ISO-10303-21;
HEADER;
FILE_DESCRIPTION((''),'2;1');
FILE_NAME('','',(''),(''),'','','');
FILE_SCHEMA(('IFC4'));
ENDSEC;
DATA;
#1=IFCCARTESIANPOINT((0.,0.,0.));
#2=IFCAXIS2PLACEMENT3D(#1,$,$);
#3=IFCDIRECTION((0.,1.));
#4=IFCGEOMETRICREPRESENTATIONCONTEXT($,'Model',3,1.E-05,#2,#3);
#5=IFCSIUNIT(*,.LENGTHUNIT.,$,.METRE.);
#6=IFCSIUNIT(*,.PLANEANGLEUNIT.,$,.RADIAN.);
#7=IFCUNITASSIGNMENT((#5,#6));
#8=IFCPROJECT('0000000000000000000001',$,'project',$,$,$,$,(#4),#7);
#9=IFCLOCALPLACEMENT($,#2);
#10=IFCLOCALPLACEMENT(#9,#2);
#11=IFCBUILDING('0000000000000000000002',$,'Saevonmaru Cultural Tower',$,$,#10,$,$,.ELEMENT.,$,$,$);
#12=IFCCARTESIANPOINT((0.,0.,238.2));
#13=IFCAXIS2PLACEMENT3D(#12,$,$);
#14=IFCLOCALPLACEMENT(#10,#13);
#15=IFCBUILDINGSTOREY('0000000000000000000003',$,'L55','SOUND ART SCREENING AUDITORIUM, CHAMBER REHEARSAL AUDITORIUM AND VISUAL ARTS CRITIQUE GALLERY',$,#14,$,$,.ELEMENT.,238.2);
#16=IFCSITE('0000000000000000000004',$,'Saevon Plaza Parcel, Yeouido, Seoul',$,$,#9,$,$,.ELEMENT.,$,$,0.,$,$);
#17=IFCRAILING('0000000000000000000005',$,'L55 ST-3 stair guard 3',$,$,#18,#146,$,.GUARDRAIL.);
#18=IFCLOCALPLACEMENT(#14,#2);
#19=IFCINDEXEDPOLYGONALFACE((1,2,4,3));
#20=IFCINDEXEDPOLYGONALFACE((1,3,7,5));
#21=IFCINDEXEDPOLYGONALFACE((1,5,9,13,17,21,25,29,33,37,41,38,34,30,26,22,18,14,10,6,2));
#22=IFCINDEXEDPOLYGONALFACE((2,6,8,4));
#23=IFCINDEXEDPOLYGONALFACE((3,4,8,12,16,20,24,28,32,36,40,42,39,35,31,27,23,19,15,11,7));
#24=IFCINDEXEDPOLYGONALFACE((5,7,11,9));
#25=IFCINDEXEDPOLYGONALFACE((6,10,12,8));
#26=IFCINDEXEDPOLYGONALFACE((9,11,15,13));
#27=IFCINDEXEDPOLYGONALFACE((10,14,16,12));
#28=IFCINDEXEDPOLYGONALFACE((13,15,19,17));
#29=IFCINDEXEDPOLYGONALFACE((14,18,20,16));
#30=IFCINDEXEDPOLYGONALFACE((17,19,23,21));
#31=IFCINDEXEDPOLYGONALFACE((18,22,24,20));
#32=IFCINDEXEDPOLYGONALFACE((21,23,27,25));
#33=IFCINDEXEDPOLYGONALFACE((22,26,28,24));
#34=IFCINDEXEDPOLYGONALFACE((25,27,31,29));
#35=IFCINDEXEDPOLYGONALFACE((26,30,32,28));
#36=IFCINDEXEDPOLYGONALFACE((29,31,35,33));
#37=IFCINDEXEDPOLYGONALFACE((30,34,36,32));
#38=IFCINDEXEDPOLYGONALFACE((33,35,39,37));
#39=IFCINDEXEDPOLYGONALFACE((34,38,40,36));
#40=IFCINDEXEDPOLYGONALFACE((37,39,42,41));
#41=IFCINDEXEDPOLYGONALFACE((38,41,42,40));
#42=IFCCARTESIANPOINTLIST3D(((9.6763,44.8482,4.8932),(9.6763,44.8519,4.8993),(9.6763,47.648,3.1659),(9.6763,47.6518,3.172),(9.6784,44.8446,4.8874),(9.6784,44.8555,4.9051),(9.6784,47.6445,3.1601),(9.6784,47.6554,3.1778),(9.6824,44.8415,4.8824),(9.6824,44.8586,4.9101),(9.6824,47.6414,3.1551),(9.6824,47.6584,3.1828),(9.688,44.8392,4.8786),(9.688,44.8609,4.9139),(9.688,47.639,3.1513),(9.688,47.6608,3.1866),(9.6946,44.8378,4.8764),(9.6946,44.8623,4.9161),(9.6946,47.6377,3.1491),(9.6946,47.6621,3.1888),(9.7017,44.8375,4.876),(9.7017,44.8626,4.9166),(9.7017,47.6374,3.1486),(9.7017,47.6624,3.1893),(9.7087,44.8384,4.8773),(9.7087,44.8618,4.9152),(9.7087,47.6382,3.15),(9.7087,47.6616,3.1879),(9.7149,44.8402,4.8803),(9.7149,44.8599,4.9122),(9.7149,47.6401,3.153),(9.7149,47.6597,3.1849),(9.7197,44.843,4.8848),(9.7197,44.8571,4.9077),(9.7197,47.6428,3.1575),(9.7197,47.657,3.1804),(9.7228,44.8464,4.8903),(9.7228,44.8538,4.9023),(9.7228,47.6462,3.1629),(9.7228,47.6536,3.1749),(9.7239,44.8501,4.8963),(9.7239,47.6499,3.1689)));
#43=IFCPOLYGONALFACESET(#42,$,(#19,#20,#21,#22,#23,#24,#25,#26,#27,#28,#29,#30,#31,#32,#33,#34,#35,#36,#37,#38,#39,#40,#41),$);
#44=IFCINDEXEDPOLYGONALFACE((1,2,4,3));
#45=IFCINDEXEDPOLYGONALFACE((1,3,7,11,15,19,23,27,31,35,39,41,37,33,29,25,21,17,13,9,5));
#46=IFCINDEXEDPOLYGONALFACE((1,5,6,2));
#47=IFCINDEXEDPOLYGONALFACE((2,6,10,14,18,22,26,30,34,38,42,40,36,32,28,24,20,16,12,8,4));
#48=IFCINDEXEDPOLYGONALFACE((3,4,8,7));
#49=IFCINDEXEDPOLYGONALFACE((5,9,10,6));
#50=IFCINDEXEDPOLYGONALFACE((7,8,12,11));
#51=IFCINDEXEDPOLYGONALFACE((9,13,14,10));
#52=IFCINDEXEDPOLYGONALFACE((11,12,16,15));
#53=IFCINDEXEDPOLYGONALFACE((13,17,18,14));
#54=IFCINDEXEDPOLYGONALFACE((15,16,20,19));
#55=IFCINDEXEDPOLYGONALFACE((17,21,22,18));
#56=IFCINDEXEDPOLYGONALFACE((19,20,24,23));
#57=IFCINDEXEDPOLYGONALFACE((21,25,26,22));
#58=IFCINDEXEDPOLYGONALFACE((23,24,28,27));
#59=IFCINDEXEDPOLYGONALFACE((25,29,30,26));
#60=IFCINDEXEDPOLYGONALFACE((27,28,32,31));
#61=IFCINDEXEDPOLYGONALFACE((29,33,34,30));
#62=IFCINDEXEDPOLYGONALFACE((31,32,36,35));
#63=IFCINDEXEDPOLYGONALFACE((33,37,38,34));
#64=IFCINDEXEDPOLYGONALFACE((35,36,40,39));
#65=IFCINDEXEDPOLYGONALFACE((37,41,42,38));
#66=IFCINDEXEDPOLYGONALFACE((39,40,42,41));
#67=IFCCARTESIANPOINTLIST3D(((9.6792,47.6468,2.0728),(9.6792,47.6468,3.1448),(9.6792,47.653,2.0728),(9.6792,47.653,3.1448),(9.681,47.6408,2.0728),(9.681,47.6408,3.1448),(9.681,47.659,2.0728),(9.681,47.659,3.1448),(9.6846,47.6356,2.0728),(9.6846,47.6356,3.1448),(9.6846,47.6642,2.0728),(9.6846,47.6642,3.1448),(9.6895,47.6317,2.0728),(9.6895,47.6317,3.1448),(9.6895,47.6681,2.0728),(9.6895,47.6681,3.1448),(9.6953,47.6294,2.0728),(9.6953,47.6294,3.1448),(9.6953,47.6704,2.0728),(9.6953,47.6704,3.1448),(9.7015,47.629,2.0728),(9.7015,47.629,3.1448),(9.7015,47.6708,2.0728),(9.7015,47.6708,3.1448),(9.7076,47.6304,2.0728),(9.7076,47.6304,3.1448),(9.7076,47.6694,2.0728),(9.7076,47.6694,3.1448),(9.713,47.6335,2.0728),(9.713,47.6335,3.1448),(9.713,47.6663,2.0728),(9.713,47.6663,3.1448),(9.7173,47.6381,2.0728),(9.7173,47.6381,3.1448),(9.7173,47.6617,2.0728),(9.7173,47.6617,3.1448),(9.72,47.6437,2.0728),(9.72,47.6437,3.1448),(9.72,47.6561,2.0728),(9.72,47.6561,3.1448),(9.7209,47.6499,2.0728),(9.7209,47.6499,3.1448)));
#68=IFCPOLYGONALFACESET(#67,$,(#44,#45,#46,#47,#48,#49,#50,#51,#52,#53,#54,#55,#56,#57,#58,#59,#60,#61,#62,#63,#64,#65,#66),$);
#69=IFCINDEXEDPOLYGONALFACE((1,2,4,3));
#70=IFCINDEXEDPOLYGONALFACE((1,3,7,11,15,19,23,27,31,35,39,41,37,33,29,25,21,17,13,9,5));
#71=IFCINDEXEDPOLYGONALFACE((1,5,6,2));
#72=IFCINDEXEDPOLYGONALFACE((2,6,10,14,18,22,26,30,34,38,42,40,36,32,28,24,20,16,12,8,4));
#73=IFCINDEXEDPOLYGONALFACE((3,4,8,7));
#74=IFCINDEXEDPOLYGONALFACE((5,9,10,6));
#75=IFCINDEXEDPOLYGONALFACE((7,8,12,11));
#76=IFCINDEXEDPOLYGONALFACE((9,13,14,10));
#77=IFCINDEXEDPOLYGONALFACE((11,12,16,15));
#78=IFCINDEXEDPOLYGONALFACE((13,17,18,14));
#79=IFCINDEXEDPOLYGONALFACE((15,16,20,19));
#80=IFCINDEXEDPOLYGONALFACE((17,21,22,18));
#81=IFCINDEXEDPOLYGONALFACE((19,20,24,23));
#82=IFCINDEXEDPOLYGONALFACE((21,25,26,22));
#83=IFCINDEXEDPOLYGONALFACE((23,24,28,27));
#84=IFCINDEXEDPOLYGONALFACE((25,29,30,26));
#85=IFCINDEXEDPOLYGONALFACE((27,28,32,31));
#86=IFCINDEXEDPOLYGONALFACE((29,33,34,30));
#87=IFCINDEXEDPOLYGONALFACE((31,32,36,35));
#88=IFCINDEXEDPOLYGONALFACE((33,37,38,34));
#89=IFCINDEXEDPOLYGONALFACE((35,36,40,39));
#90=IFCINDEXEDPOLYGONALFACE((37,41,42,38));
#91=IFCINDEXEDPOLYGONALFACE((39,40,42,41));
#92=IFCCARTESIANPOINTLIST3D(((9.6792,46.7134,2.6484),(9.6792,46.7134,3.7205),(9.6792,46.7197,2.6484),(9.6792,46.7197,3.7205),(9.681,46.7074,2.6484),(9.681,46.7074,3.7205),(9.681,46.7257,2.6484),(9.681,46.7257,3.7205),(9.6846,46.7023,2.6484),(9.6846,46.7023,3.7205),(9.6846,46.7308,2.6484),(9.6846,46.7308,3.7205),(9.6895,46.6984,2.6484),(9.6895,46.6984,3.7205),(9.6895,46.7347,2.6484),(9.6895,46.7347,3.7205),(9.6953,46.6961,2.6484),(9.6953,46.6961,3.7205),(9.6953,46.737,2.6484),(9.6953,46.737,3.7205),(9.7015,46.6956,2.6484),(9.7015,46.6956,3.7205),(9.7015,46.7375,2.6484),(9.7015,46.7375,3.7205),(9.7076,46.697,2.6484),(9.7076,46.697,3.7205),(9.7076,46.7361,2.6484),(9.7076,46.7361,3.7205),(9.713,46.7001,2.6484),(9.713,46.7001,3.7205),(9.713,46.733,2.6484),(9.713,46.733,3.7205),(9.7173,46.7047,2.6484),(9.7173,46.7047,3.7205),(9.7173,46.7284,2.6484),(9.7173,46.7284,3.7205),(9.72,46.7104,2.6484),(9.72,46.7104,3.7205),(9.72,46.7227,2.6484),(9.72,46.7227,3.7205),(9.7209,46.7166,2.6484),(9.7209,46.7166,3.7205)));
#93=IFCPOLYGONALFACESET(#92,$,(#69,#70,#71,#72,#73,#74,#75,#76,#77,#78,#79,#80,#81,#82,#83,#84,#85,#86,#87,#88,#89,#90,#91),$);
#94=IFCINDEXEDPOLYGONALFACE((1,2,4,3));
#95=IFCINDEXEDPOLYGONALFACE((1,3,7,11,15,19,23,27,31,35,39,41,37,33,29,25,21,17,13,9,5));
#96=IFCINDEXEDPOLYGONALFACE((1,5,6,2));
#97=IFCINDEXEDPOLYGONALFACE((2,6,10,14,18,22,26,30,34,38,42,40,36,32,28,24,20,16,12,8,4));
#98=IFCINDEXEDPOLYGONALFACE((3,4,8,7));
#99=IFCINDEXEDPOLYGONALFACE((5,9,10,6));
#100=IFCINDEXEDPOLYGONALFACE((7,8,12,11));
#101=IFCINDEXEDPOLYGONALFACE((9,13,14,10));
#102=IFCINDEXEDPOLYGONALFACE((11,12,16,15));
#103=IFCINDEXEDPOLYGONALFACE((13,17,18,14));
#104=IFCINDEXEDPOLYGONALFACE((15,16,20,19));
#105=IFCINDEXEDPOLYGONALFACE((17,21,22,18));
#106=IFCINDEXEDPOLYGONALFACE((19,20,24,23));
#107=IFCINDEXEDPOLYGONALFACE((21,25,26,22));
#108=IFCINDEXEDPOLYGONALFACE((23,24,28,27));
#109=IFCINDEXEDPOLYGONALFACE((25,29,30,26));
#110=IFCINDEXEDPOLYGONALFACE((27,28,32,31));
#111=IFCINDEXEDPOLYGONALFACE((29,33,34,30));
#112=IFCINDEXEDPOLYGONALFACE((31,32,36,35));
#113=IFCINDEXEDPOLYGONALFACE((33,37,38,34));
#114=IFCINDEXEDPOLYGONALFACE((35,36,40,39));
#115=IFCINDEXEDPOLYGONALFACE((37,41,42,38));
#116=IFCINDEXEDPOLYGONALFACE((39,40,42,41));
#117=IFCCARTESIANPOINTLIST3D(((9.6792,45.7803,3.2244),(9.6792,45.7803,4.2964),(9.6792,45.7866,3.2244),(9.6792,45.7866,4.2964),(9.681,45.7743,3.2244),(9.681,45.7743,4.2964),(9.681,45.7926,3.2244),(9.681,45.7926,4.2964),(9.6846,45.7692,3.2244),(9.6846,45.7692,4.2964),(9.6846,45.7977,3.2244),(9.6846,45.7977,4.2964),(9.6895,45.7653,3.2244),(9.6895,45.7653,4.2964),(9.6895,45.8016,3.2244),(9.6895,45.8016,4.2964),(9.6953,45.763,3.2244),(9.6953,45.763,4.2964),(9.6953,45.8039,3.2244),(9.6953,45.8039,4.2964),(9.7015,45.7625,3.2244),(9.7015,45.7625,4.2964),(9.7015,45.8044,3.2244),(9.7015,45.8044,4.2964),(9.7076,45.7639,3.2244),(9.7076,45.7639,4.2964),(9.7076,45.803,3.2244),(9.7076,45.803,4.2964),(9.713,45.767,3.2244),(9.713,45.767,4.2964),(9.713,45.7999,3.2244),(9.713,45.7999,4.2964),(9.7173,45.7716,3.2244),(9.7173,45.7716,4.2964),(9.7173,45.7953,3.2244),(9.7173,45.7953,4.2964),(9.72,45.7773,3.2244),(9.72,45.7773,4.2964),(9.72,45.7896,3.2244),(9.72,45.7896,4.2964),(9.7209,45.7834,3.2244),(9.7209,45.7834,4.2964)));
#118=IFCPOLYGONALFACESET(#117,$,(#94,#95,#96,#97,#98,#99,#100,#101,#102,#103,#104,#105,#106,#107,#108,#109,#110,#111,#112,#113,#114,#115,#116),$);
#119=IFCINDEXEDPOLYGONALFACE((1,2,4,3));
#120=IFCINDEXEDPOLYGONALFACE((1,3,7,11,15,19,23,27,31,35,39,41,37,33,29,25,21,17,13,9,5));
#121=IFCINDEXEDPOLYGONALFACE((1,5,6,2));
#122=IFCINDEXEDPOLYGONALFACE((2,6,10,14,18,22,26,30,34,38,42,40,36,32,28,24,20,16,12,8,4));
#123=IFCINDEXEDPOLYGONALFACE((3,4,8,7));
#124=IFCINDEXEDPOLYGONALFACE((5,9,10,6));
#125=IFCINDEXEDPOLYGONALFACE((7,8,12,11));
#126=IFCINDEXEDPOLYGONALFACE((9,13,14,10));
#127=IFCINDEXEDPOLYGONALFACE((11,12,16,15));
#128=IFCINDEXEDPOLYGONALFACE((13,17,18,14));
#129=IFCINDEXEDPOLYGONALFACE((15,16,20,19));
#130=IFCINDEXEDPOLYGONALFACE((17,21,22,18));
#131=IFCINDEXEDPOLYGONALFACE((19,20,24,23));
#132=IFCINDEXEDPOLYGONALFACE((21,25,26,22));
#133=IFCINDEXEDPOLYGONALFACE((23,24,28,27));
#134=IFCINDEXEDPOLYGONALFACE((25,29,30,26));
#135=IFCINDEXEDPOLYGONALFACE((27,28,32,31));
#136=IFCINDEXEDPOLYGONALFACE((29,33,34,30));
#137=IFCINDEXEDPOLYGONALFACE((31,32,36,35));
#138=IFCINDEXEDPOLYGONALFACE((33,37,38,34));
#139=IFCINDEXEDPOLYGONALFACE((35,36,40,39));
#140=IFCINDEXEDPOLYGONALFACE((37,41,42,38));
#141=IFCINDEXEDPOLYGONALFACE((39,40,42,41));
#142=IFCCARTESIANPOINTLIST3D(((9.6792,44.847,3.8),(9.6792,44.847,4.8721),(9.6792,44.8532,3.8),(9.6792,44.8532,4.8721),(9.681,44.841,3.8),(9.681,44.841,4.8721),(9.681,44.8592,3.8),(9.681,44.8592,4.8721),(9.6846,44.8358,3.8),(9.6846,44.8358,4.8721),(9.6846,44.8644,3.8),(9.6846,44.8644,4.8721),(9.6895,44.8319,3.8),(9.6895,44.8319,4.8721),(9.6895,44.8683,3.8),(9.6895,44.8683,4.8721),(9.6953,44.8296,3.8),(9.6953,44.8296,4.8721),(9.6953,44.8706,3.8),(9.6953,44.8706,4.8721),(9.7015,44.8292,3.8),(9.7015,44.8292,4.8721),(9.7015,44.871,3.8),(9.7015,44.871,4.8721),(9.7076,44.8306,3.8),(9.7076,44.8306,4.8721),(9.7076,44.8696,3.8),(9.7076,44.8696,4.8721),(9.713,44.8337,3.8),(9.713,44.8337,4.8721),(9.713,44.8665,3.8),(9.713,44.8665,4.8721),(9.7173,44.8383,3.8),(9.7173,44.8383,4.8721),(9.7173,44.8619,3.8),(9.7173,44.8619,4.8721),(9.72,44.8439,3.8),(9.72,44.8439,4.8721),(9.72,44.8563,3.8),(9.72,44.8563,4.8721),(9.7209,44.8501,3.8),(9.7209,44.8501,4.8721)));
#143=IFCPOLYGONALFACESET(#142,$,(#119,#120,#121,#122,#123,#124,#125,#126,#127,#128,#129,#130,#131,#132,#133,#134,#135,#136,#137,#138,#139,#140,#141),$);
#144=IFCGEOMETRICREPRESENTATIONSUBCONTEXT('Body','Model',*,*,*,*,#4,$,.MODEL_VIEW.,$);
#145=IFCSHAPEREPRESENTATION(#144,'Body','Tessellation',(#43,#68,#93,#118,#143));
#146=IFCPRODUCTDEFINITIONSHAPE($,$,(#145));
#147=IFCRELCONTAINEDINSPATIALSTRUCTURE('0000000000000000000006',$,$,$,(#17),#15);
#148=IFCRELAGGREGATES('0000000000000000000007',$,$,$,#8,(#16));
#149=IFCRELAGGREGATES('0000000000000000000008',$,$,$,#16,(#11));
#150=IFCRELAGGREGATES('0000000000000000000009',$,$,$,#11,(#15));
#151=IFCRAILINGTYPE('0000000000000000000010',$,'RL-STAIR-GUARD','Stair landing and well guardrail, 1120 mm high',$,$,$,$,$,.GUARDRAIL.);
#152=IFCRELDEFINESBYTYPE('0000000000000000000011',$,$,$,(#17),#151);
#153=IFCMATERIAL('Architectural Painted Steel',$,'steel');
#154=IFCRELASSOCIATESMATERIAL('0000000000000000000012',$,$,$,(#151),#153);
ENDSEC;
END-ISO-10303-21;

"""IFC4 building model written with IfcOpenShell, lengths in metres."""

from ifc_helpers import new_model, si_unit, direction, frame, origin, origin_2d, place, context, subcontext, project, spatial, circle, extrude, material, type_object, element, save


model = new_model("IFC4")

# Units and contexts
model_context = context("Model", 3, precision=1e-05, world=origin(), true_north=direction((0.0, 1.0)))
body_context = subcontext(model_context, "Body", "Model", "MODEL_VIEW")
ifc_project = project(units=[si_unit("LENGTHUNIT", "METRE"), si_unit("PLANEANGLEUNIT", "RADIAN")], contexts=[model_context])

# Site, building, storey
site_placement = place(None, origin())
site = spatial("IfcSite", under=ifc_project, at=site_placement, Name="Saevon Plaza Parcel, Yeouido, Seoul", CompositionType="ELEMENT", RefElevation=0.0)
building_placement = place(site_placement, origin())
building = spatial("IfcBuilding", under=site, at=building_placement, Name="Saevonmaru Cultural Tower", CompositionType="ELEMENT")
storey_placement = place(building_placement, frame((0.0, 0.0, 238.2)))
storey = spatial("IfcBuildingStorey", under=building, at=storey_placement, Name="L55", Description="SOUND ART SCREENING AUDITORIUM, CHAMBER REHEARSAL AUDITORIUM AND VISUAL ARTS CRITIQUE GALLERY", CompositionType="ELEMENT", Elevation=238.2)

# Railing
ifc_material_1 = material(Name="Architectural Painted Steel", Category="steel")
railing_type_1 = type_object("IfcRailingType", Name="RL-STAIR-GUARD", Description="Stair landing and well guardrail, 1120 mm high", PredefinedType="GUARDRAIL", material=ifc_material_1)
railing_1_placement = place(storey_placement, frame((9.7, 47.6499, 2.0728)))
element("IfcRailing", 1, at=railing_1_placement, inside=storey, type_object=railing_type_1, Name="L55 ST-3 stair guard 3", PredefinedType="GUARDRAIL", context=body_context, shape_type="SweptSolid", body=[
    extrude(circle(Radius=0.0239, at=origin_2d()), frame((0.0, 0.0, 1.0962), z_axis=(0.0, -0.851069, 0.525054), x_axis=(1.0, 0.0, 0.0)), (0.0, 0.0, 1.0), 3.2898),
    extrude(circle(Radius=0.021, at=origin_2d()), origin(), (0.0, 0.0, 1.0), 1.072),
    extrude(circle(Radius=0.021, at=origin_2d()), frame((0.0, -0.9333, 0.5757)), (0.0, 0.0, 1.0), 1.072),
    extrude(circle(Radius=0.021, at=origin_2d()), frame((0.0, -1.8665, 1.1516)), (0.0, 0.0, 1.0), 1.072),
    extrude(circle(Radius=0.021, at=origin_2d()), frame((0.0, -2.7998, 1.7273)), (0.0, 0.0, 1.0), 1.072),
])

save(model, "model.ifc")
